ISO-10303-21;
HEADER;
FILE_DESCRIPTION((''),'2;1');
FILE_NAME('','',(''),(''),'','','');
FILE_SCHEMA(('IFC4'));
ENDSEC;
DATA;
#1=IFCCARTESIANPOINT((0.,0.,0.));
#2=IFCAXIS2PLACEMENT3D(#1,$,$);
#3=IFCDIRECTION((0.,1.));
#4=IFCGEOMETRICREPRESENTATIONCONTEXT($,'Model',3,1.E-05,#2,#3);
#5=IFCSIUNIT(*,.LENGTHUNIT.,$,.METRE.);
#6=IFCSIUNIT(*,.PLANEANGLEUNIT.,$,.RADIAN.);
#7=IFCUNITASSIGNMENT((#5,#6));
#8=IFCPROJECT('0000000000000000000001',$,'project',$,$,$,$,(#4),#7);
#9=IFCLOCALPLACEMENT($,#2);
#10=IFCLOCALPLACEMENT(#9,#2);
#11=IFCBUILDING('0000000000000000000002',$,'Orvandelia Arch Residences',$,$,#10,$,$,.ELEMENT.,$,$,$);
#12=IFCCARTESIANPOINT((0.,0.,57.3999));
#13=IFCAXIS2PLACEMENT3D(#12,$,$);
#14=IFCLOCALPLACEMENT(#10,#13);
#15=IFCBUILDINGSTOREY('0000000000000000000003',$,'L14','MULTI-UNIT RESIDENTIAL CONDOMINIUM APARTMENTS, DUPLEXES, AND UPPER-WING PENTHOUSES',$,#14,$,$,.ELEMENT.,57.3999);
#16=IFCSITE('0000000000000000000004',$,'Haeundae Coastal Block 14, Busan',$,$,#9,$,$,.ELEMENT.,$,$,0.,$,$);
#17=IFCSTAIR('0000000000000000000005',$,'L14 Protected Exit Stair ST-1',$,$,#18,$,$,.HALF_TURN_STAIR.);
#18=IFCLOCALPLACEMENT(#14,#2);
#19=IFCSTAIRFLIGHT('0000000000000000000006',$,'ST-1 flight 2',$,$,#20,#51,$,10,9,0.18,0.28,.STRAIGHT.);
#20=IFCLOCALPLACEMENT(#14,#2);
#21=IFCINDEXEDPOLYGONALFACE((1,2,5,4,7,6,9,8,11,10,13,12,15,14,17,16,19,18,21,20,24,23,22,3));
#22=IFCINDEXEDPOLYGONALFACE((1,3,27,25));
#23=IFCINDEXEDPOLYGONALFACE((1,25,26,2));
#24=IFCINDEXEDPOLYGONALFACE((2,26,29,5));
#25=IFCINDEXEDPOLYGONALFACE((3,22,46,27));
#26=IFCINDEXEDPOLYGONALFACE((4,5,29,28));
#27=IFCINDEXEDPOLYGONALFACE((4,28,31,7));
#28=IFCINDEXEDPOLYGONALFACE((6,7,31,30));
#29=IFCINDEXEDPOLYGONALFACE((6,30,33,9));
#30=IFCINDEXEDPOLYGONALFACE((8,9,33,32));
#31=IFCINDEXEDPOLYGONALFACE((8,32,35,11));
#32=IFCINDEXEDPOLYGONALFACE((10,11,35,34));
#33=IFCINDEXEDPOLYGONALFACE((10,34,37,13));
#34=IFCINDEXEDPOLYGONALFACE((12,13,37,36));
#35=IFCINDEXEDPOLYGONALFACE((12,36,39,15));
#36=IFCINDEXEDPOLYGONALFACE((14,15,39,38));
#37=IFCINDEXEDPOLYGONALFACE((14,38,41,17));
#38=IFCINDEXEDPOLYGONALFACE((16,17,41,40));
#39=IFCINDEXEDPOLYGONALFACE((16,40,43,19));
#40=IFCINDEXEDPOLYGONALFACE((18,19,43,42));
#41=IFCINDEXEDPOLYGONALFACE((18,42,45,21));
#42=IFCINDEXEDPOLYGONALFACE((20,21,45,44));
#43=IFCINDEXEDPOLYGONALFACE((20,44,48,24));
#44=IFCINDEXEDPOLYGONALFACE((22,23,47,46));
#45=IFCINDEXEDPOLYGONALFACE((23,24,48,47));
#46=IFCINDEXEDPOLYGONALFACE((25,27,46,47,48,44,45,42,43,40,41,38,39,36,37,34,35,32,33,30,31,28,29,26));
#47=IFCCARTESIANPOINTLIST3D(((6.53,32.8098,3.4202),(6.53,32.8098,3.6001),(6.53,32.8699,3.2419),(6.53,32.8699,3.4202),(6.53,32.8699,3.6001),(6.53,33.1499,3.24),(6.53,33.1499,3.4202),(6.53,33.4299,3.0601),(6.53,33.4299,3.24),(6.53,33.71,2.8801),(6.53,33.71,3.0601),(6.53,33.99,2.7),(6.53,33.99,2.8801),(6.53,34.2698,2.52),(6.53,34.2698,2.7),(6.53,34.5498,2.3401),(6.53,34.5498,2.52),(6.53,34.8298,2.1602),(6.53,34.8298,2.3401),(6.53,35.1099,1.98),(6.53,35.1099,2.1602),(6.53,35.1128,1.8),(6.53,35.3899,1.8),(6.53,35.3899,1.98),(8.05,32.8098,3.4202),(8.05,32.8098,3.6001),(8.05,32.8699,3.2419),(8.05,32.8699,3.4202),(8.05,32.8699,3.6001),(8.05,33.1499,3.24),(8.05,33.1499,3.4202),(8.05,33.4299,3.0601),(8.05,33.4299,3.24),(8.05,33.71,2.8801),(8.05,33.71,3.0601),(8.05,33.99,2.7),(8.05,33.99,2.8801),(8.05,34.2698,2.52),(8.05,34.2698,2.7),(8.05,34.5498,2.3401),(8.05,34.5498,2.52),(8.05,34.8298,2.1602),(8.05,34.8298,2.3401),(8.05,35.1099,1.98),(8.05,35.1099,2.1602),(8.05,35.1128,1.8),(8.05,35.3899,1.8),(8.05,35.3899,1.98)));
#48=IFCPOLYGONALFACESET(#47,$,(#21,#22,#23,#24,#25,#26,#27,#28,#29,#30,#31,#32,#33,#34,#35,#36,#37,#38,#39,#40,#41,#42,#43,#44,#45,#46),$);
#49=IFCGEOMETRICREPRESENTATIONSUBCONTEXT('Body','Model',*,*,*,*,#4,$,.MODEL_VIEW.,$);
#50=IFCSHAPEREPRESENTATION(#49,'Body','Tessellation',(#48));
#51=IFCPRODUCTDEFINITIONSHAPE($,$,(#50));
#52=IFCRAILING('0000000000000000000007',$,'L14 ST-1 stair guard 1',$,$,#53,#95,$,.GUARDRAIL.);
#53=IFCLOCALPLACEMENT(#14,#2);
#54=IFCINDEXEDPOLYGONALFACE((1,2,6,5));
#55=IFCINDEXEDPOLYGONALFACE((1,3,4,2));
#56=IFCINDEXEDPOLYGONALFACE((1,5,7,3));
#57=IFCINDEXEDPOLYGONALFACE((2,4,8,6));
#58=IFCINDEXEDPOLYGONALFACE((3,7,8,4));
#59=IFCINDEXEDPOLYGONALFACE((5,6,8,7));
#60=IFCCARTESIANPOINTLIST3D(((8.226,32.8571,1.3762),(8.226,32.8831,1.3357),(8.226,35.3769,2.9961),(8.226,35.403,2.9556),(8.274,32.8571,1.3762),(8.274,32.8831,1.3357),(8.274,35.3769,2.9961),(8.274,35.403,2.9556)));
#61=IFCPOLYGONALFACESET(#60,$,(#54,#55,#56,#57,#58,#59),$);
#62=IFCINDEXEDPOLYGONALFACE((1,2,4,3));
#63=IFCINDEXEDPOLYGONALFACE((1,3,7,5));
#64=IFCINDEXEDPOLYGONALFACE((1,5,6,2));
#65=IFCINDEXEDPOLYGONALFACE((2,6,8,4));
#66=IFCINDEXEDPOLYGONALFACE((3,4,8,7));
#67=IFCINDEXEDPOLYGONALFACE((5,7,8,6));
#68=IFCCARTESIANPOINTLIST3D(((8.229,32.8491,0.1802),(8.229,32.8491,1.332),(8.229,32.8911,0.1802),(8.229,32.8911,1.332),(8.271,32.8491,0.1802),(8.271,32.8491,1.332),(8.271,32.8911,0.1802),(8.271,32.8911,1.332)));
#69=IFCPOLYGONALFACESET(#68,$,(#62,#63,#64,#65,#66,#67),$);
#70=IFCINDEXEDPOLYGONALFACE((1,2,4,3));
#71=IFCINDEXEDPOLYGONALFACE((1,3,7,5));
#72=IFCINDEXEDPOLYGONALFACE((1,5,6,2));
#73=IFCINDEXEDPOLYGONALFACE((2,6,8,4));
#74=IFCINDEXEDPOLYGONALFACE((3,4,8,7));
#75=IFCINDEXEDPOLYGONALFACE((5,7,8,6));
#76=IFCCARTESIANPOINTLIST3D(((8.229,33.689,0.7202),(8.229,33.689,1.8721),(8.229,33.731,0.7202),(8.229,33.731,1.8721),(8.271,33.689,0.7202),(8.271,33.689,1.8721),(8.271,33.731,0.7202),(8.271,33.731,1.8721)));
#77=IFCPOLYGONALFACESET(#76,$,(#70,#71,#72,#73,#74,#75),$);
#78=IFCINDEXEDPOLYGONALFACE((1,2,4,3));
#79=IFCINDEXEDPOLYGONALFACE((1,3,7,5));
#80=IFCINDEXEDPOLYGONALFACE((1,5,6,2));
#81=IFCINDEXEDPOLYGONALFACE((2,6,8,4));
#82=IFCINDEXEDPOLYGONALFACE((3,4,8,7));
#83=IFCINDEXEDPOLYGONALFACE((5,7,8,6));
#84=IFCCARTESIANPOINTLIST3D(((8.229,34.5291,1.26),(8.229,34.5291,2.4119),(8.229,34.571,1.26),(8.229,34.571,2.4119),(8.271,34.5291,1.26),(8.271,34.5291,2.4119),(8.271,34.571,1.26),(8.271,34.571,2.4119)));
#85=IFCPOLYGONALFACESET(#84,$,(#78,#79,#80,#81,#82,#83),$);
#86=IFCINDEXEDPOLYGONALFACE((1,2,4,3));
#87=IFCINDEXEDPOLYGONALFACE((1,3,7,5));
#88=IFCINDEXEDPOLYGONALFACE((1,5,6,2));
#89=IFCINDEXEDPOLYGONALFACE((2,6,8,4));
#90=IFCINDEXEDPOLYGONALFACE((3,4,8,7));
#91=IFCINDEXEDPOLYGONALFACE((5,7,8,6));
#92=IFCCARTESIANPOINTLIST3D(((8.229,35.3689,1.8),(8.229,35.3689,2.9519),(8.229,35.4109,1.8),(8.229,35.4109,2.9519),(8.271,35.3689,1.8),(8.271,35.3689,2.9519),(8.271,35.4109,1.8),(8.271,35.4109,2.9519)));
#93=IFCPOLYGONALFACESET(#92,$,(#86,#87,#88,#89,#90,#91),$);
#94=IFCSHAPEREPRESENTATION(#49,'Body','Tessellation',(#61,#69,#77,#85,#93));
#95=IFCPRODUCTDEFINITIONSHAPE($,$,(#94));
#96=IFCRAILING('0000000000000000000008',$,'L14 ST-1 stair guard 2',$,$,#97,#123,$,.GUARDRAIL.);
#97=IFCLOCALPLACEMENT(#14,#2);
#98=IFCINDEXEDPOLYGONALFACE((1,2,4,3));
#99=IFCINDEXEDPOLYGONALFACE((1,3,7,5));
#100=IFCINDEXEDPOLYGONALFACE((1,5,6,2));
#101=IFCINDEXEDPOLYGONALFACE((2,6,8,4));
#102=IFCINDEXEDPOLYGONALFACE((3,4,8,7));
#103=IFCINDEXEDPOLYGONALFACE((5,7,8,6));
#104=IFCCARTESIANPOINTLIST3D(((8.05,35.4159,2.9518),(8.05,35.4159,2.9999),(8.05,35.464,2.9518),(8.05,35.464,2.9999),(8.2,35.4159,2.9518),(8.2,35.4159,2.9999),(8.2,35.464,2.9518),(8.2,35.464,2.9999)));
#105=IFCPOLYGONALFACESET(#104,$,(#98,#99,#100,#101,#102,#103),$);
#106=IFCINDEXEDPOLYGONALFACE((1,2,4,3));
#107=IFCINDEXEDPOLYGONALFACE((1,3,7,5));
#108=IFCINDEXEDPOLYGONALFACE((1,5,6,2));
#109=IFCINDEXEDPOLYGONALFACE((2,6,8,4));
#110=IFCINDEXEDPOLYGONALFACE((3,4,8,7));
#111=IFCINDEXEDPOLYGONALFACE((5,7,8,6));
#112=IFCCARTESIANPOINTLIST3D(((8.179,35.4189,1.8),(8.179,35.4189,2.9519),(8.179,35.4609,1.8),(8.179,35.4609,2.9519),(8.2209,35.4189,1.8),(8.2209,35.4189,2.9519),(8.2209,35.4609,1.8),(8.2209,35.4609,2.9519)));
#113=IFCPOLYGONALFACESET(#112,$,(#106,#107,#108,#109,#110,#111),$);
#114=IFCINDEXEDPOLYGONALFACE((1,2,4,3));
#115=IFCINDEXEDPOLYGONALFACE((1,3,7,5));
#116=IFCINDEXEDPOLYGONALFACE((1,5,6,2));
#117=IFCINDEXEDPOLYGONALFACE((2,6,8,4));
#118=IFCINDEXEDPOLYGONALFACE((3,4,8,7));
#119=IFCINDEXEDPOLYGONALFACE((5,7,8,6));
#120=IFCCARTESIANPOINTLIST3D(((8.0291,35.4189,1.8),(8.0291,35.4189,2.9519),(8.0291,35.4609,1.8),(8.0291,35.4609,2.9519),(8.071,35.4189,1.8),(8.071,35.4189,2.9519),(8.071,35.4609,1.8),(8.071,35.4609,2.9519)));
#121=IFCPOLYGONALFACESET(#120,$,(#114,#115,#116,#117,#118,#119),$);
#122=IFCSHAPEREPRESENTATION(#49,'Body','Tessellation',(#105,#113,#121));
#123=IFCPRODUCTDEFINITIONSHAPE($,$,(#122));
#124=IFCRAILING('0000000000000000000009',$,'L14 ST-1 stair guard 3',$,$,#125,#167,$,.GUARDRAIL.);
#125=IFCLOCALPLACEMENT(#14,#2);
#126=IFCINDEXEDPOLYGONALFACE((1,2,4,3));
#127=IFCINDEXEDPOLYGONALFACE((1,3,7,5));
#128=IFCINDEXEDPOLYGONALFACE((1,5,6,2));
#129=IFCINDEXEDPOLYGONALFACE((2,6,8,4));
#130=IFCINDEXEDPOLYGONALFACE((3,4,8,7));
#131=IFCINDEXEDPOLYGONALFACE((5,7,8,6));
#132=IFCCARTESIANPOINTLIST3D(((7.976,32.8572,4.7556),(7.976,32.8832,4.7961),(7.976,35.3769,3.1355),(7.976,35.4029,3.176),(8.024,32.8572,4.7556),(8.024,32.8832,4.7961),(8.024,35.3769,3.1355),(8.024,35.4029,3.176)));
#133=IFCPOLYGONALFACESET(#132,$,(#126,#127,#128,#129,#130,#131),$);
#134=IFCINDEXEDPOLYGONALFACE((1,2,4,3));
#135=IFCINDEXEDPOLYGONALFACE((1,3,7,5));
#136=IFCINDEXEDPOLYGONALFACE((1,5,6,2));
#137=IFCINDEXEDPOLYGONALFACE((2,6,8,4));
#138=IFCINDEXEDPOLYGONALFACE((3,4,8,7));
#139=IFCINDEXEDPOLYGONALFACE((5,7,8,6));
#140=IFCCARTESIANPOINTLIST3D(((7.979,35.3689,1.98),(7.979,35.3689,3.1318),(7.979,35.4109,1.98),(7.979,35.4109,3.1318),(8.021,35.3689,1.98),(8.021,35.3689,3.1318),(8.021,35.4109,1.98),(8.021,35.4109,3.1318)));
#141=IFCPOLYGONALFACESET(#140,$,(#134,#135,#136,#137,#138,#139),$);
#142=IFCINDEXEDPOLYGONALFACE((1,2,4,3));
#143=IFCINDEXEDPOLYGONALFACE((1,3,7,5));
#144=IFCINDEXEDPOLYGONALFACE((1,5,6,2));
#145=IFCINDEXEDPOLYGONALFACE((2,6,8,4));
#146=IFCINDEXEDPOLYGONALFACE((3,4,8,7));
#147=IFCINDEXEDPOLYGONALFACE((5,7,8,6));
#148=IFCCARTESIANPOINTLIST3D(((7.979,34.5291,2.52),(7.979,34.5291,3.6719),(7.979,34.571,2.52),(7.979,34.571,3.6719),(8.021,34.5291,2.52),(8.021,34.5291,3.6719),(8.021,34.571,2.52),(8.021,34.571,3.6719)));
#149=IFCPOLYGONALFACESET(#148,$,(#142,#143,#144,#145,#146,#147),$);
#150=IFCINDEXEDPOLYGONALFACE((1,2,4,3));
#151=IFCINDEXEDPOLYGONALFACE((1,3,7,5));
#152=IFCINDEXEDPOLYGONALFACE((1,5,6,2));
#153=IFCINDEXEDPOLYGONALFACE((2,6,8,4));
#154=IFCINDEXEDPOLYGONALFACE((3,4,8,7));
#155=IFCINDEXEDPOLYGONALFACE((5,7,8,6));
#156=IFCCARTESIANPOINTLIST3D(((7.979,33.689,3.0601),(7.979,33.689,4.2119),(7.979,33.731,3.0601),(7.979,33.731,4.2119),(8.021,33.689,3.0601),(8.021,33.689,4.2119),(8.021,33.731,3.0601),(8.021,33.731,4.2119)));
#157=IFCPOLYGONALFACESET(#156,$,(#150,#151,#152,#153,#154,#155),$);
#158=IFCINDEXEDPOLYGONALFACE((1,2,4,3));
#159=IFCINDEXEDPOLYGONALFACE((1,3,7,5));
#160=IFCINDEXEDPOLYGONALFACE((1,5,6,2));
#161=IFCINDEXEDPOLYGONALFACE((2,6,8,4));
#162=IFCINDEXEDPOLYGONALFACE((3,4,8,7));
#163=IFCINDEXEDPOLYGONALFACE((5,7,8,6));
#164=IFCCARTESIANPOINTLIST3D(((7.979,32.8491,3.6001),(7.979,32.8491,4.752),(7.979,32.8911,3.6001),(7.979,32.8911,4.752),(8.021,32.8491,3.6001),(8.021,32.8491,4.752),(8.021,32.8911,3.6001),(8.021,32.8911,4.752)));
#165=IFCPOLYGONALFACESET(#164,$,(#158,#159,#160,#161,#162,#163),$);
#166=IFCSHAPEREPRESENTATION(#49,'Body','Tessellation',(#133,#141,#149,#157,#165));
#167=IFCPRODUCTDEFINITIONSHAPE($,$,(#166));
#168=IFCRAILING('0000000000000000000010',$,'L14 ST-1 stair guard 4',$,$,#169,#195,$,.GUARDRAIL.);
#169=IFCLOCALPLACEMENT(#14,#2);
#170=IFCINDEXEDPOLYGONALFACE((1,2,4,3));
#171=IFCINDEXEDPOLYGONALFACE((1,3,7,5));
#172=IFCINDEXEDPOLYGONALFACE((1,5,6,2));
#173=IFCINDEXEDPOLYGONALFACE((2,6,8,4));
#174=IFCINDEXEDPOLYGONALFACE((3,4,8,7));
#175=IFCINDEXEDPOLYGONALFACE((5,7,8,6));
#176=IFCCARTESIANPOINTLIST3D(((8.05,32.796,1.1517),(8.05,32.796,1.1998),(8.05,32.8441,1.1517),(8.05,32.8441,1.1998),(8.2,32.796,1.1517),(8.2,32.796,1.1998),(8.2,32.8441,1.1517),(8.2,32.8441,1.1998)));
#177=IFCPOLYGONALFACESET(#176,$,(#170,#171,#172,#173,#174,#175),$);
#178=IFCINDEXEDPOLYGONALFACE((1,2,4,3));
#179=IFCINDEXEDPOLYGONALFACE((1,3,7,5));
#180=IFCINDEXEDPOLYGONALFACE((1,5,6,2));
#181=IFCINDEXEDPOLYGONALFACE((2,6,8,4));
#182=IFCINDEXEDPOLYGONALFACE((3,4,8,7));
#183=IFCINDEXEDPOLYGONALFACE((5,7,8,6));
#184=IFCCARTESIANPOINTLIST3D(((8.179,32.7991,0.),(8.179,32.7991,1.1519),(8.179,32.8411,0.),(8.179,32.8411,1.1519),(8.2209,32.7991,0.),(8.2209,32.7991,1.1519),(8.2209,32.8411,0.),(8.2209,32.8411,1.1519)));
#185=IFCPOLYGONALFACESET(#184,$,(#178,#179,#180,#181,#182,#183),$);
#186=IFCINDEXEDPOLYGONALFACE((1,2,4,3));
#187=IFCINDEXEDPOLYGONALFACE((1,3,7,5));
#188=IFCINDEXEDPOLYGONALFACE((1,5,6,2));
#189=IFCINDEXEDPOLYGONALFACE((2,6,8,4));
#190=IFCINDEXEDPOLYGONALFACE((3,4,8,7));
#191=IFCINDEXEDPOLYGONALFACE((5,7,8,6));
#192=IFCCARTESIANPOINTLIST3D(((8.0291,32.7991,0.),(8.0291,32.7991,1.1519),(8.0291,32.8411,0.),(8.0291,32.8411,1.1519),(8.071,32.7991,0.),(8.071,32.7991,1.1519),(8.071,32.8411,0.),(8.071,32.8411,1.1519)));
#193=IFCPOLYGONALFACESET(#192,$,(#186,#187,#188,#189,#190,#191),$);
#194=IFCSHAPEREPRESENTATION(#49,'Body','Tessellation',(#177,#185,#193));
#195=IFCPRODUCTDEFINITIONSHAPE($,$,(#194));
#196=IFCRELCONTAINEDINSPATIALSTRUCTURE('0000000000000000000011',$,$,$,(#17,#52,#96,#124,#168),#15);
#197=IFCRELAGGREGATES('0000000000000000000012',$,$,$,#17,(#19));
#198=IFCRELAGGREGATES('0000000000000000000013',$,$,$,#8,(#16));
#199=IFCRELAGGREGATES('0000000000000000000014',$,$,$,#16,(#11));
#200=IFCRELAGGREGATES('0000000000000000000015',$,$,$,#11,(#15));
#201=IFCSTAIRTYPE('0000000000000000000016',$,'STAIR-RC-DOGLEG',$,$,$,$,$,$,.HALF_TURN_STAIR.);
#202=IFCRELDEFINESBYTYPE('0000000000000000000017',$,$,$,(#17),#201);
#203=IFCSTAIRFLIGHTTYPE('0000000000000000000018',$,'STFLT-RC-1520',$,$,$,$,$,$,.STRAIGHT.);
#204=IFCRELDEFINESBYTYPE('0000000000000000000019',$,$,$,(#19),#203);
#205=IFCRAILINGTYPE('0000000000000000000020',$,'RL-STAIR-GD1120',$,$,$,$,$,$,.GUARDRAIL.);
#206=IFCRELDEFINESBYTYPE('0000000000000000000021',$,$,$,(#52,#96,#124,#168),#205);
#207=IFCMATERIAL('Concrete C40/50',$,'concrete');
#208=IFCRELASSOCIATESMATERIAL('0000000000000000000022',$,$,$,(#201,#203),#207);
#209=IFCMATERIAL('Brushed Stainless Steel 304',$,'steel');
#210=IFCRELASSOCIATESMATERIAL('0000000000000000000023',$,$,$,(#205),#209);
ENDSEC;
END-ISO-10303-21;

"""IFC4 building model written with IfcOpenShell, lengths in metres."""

from ifc_helpers import new_model, si_unit, direction, frame, origin, origin_2d, place, context, subcontext, project, spatial, polyline, rectangle, outline, extrude, material, type_object, element, aggregate, save


model = new_model("IFC4")

# Units and contexts
model_context = context("Model", 3, precision=1e-05, world=origin(), true_north=direction((0.0, 1.0)))
body_context = subcontext(model_context, "Body", "Model", "MODEL_VIEW")
ifc_project = project(units=[si_unit("LENGTHUNIT", "METRE"), si_unit("PLANEANGLEUNIT", "RADIAN")], contexts=[model_context])

# Site, building, storey
site_placement = place(None, origin())
site = spatial("IfcSite", under=ifc_project, at=site_placement, Name="Haeundae Coastal Block 14, Busan", CompositionType="ELEMENT", RefElevation=0.0)
building_placement = place(site_placement, origin())
building = spatial("IfcBuilding", under=site, at=building_placement, Name="Orvandelia Arch Residences", CompositionType="ELEMENT")
storey_placement = place(building_placement, frame((0.0, 0.0, 57.3999)))
storey = spatial("IfcBuildingStorey", under=building, at=storey_placement, Name="L14", Description="MULTI-UNIT RESIDENTIAL CONDOMINIUM APARTMENTS, DUPLEXES, AND UPPER-WING PENTHOUSES", CompositionType="ELEMENT", Elevation=57.3999)

# Stair, stair flight
ifc_material_1 = material(Name="Concrete C40/50", Category="concrete")
stair_type = type_object("IfcStairType", Name="STAIR-RC-DOGLEG", PredefinedType="HALF_TURN_STAIR", material=ifc_material_1)
stair_placement = place(storey_placement, origin())
stair = element("IfcStair", 1, at=stair_placement, inside=storey, type_object=stair_type, Name="L14 Protected Exit Stair ST-1", PredefinedType="HALF_TURN_STAIR")
stair_flight_type = type_object("IfcStairFlightType", Name="STFLT-RC-1520", PredefinedType="STRAIGHT", material=ifc_material_1)
stair_flight_1_placement = place(storey_placement, frame((7.29, 35.3899, 1.8), z_axis=(0.0, 0.0, 1.0), x_axis=(0.0, -1.0, 0.0)))
stair_flight_1 = element("IfcStairFlight", 2, at=stair_flight_1_placement, type_object=stair_flight_type, Name="ST-1 flight 2", NumberOfRisers=10, NumberOfTreads=9, PredefinedType="STRAIGHT", RiserHeight=0.18, TreadLength=0.28, context=body_context, shape_type="SweptSolid", body=[
    extrude(outline(polyline([(0.0, 0.0), (0.0, 0.1799), (0.28, 0.1799), (0.28, 0.3601), (0.5601, 0.3601), (0.5601, 0.54), (0.8401, 0.54), (0.8401, 0.72), (1.1201, 0.72), (1.1201, 0.8999), (1.3999, 0.8999), (1.3999, 1.0801), (1.6799, 1.0801), (1.6799, 1.26), (1.96, 1.26), (1.96, 1.4399), (2.24, 1.4399), (2.24, 1.6201), (2.52, 1.6201), (2.52, 1.8), (2.5801, 1.8), (2.5801, 1.6201), (2.52, 1.4419), (0.2771, 0.0), (0.0, 0.0)])), frame((0.0, 0.76, 0.0), z_axis=(0.0, -1.0, 0.0), x_axis=(1.0, 0.0, 0.0)), (0.0, 0.0, 1.0), 1.52),
])
aggregate(stair, [stair_flight_1])

# Railings
ifc_material_2 = material(Name="Brushed Stainless Steel 304", Category="steel")
railing_type_1 = type_object("IfcRailingType", Name="RL-STAIR-GD1120", PredefinedType="GUARDRAIL", material=ifc_material_2)
railing_1_placement = place(storey_placement, frame((8.25, 32.8701, 0.1802)))
element("IfcRailing", 3, at=railing_1_placement, inside=storey, type_object=railing_type_1, Name="L14 ST-1 stair guard 1", PredefinedType="GUARDRAIL", context=body_context, shape_type="SweptSolid", body=[
    extrude(rectangle(XDim=0.0481, YDim=0.0481, at=origin_2d()), frame((0.0, 0.0, 1.1758), z_axis=(0.0, 0.841176, 0.540762), x_axis=(-1.0, 0.0, 0.0)), (0.0, 0.0, 1.0), 2.9956),
    extrude(rectangle(XDim=0.042, YDim=0.042, at=origin_2d()), origin(), (0.0, 0.0, 1.0), 1.1519),
    extrude(rectangle(XDim=0.042, YDim=0.042, at=origin_2d()), frame((0.0, 0.8398, 0.54)), (0.0, 0.0, 1.0), 1.1519),
    extrude(rectangle(XDim=0.042, YDim=0.042, at=origin_2d()), frame((0.0, 1.6799, 1.0798)), (0.0, 0.0, 1.0), 1.1519),
    extrude(rectangle(XDim=0.042, YDim=0.042, at=origin_2d()), frame((0.0, 2.5198, 1.6199)), (0.0, 0.0, 1.0), 1.1519),
])
railing_2_placement = place(storey_placement, frame((8.2, 35.4399, 1.8)))
element("IfcRailing", 4, at=railing_2_placement, inside=storey, type_object=railing_type_1, Name="L14 ST-1 stair guard 2", PredefinedType="GUARDRAIL", context=body_context, shape_type="SweptSolid", body=[
    extrude(rectangle(XDim=0.0481, YDim=0.0481, at=origin_2d()), frame((0.0, 0.0, 1.1758), z_axis=(-1.0, 0.0, 0.0), x_axis=(0.0, -1.0, 0.0)), (0.0, 0.0, 1.0), 0.1499),
    extrude(rectangle(XDim=0.042, YDim=0.042, at=origin_2d()), origin(), (0.0, 0.0, 1.0), 1.1519),
    extrude(rectangle(XDim=0.042, YDim=0.042, at=origin_2d()), frame((-0.1499, 0.0, 0.0)), (0.0, 0.0, 1.0), 1.1519),
])
railing_3_placement = place(storey_placement, frame((8.0, 35.3899, 1.98)))
element("IfcRailing", 5, at=railing_3_placement, inside=storey, type_object=railing_type_1, Name="L14 ST-1 stair guard 3", PredefinedType="GUARDRAIL", context=body_context, shape_type="SweptSolid", body=[
    extrude(rectangle(XDim=0.0481, YDim=0.0481, at=origin_2d()), frame((0.0, 0.0, 1.1758), z_axis=(0.0, -0.841139, 0.540819), x_axis=(1.0, 0.0, 0.0)), (0.0, 0.0, 1.0), 2.9956),
    extrude(rectangle(XDim=0.042, YDim=0.042, at=origin_2d()), origin(), (0.0, 0.0, 1.0), 1.1519),
    extrude(rectangle(XDim=0.042, YDim=0.042, at=origin_2d()), frame((0.0, -0.8398, 0.54)), (0.0, 0.0, 1.0), 1.1519),
    extrude(rectangle(XDim=0.042, YDim=0.042, at=origin_2d()), frame((0.0, -1.6799, 1.0801)), (0.0, 0.0, 1.0), 1.1519),
    extrude(rectangle(XDim=0.042, YDim=0.042, at=origin_2d()), frame((0.0, -2.5198, 1.6201)), (0.0, 0.0, 1.0), 1.1519),
])
railing_4_placement = place(storey_placement, frame((8.2, 32.8201, 0.0)))
element("IfcRailing", 6, at=railing_4_placement, inside=storey, type_object=railing_type_1, Name="L14 ST-1 stair guard 4", PredefinedType="GUARDRAIL", context=body_context, shape_type="SweptSolid", body=[
    extrude(rectangle(XDim=0.0481, YDim=0.0481, at=origin_2d()), frame((0.0, 0.0, 1.1758), z_axis=(-1.0, 0.0, 0.0), x_axis=(0.0, -1.0, 0.0)), (0.0, 0.0, 1.0), 0.1499),
    extrude(rectangle(XDim=0.042, YDim=0.042, at=origin_2d()), origin(), (0.0, 0.0, 1.0), 1.1519),
    extrude(rectangle(XDim=0.042, YDim=0.042, at=origin_2d()), frame((-0.1499, 0.0, 0.0)), (0.0, 0.0, 1.0), 1.1519),
])

save(model, "model.ifc")
